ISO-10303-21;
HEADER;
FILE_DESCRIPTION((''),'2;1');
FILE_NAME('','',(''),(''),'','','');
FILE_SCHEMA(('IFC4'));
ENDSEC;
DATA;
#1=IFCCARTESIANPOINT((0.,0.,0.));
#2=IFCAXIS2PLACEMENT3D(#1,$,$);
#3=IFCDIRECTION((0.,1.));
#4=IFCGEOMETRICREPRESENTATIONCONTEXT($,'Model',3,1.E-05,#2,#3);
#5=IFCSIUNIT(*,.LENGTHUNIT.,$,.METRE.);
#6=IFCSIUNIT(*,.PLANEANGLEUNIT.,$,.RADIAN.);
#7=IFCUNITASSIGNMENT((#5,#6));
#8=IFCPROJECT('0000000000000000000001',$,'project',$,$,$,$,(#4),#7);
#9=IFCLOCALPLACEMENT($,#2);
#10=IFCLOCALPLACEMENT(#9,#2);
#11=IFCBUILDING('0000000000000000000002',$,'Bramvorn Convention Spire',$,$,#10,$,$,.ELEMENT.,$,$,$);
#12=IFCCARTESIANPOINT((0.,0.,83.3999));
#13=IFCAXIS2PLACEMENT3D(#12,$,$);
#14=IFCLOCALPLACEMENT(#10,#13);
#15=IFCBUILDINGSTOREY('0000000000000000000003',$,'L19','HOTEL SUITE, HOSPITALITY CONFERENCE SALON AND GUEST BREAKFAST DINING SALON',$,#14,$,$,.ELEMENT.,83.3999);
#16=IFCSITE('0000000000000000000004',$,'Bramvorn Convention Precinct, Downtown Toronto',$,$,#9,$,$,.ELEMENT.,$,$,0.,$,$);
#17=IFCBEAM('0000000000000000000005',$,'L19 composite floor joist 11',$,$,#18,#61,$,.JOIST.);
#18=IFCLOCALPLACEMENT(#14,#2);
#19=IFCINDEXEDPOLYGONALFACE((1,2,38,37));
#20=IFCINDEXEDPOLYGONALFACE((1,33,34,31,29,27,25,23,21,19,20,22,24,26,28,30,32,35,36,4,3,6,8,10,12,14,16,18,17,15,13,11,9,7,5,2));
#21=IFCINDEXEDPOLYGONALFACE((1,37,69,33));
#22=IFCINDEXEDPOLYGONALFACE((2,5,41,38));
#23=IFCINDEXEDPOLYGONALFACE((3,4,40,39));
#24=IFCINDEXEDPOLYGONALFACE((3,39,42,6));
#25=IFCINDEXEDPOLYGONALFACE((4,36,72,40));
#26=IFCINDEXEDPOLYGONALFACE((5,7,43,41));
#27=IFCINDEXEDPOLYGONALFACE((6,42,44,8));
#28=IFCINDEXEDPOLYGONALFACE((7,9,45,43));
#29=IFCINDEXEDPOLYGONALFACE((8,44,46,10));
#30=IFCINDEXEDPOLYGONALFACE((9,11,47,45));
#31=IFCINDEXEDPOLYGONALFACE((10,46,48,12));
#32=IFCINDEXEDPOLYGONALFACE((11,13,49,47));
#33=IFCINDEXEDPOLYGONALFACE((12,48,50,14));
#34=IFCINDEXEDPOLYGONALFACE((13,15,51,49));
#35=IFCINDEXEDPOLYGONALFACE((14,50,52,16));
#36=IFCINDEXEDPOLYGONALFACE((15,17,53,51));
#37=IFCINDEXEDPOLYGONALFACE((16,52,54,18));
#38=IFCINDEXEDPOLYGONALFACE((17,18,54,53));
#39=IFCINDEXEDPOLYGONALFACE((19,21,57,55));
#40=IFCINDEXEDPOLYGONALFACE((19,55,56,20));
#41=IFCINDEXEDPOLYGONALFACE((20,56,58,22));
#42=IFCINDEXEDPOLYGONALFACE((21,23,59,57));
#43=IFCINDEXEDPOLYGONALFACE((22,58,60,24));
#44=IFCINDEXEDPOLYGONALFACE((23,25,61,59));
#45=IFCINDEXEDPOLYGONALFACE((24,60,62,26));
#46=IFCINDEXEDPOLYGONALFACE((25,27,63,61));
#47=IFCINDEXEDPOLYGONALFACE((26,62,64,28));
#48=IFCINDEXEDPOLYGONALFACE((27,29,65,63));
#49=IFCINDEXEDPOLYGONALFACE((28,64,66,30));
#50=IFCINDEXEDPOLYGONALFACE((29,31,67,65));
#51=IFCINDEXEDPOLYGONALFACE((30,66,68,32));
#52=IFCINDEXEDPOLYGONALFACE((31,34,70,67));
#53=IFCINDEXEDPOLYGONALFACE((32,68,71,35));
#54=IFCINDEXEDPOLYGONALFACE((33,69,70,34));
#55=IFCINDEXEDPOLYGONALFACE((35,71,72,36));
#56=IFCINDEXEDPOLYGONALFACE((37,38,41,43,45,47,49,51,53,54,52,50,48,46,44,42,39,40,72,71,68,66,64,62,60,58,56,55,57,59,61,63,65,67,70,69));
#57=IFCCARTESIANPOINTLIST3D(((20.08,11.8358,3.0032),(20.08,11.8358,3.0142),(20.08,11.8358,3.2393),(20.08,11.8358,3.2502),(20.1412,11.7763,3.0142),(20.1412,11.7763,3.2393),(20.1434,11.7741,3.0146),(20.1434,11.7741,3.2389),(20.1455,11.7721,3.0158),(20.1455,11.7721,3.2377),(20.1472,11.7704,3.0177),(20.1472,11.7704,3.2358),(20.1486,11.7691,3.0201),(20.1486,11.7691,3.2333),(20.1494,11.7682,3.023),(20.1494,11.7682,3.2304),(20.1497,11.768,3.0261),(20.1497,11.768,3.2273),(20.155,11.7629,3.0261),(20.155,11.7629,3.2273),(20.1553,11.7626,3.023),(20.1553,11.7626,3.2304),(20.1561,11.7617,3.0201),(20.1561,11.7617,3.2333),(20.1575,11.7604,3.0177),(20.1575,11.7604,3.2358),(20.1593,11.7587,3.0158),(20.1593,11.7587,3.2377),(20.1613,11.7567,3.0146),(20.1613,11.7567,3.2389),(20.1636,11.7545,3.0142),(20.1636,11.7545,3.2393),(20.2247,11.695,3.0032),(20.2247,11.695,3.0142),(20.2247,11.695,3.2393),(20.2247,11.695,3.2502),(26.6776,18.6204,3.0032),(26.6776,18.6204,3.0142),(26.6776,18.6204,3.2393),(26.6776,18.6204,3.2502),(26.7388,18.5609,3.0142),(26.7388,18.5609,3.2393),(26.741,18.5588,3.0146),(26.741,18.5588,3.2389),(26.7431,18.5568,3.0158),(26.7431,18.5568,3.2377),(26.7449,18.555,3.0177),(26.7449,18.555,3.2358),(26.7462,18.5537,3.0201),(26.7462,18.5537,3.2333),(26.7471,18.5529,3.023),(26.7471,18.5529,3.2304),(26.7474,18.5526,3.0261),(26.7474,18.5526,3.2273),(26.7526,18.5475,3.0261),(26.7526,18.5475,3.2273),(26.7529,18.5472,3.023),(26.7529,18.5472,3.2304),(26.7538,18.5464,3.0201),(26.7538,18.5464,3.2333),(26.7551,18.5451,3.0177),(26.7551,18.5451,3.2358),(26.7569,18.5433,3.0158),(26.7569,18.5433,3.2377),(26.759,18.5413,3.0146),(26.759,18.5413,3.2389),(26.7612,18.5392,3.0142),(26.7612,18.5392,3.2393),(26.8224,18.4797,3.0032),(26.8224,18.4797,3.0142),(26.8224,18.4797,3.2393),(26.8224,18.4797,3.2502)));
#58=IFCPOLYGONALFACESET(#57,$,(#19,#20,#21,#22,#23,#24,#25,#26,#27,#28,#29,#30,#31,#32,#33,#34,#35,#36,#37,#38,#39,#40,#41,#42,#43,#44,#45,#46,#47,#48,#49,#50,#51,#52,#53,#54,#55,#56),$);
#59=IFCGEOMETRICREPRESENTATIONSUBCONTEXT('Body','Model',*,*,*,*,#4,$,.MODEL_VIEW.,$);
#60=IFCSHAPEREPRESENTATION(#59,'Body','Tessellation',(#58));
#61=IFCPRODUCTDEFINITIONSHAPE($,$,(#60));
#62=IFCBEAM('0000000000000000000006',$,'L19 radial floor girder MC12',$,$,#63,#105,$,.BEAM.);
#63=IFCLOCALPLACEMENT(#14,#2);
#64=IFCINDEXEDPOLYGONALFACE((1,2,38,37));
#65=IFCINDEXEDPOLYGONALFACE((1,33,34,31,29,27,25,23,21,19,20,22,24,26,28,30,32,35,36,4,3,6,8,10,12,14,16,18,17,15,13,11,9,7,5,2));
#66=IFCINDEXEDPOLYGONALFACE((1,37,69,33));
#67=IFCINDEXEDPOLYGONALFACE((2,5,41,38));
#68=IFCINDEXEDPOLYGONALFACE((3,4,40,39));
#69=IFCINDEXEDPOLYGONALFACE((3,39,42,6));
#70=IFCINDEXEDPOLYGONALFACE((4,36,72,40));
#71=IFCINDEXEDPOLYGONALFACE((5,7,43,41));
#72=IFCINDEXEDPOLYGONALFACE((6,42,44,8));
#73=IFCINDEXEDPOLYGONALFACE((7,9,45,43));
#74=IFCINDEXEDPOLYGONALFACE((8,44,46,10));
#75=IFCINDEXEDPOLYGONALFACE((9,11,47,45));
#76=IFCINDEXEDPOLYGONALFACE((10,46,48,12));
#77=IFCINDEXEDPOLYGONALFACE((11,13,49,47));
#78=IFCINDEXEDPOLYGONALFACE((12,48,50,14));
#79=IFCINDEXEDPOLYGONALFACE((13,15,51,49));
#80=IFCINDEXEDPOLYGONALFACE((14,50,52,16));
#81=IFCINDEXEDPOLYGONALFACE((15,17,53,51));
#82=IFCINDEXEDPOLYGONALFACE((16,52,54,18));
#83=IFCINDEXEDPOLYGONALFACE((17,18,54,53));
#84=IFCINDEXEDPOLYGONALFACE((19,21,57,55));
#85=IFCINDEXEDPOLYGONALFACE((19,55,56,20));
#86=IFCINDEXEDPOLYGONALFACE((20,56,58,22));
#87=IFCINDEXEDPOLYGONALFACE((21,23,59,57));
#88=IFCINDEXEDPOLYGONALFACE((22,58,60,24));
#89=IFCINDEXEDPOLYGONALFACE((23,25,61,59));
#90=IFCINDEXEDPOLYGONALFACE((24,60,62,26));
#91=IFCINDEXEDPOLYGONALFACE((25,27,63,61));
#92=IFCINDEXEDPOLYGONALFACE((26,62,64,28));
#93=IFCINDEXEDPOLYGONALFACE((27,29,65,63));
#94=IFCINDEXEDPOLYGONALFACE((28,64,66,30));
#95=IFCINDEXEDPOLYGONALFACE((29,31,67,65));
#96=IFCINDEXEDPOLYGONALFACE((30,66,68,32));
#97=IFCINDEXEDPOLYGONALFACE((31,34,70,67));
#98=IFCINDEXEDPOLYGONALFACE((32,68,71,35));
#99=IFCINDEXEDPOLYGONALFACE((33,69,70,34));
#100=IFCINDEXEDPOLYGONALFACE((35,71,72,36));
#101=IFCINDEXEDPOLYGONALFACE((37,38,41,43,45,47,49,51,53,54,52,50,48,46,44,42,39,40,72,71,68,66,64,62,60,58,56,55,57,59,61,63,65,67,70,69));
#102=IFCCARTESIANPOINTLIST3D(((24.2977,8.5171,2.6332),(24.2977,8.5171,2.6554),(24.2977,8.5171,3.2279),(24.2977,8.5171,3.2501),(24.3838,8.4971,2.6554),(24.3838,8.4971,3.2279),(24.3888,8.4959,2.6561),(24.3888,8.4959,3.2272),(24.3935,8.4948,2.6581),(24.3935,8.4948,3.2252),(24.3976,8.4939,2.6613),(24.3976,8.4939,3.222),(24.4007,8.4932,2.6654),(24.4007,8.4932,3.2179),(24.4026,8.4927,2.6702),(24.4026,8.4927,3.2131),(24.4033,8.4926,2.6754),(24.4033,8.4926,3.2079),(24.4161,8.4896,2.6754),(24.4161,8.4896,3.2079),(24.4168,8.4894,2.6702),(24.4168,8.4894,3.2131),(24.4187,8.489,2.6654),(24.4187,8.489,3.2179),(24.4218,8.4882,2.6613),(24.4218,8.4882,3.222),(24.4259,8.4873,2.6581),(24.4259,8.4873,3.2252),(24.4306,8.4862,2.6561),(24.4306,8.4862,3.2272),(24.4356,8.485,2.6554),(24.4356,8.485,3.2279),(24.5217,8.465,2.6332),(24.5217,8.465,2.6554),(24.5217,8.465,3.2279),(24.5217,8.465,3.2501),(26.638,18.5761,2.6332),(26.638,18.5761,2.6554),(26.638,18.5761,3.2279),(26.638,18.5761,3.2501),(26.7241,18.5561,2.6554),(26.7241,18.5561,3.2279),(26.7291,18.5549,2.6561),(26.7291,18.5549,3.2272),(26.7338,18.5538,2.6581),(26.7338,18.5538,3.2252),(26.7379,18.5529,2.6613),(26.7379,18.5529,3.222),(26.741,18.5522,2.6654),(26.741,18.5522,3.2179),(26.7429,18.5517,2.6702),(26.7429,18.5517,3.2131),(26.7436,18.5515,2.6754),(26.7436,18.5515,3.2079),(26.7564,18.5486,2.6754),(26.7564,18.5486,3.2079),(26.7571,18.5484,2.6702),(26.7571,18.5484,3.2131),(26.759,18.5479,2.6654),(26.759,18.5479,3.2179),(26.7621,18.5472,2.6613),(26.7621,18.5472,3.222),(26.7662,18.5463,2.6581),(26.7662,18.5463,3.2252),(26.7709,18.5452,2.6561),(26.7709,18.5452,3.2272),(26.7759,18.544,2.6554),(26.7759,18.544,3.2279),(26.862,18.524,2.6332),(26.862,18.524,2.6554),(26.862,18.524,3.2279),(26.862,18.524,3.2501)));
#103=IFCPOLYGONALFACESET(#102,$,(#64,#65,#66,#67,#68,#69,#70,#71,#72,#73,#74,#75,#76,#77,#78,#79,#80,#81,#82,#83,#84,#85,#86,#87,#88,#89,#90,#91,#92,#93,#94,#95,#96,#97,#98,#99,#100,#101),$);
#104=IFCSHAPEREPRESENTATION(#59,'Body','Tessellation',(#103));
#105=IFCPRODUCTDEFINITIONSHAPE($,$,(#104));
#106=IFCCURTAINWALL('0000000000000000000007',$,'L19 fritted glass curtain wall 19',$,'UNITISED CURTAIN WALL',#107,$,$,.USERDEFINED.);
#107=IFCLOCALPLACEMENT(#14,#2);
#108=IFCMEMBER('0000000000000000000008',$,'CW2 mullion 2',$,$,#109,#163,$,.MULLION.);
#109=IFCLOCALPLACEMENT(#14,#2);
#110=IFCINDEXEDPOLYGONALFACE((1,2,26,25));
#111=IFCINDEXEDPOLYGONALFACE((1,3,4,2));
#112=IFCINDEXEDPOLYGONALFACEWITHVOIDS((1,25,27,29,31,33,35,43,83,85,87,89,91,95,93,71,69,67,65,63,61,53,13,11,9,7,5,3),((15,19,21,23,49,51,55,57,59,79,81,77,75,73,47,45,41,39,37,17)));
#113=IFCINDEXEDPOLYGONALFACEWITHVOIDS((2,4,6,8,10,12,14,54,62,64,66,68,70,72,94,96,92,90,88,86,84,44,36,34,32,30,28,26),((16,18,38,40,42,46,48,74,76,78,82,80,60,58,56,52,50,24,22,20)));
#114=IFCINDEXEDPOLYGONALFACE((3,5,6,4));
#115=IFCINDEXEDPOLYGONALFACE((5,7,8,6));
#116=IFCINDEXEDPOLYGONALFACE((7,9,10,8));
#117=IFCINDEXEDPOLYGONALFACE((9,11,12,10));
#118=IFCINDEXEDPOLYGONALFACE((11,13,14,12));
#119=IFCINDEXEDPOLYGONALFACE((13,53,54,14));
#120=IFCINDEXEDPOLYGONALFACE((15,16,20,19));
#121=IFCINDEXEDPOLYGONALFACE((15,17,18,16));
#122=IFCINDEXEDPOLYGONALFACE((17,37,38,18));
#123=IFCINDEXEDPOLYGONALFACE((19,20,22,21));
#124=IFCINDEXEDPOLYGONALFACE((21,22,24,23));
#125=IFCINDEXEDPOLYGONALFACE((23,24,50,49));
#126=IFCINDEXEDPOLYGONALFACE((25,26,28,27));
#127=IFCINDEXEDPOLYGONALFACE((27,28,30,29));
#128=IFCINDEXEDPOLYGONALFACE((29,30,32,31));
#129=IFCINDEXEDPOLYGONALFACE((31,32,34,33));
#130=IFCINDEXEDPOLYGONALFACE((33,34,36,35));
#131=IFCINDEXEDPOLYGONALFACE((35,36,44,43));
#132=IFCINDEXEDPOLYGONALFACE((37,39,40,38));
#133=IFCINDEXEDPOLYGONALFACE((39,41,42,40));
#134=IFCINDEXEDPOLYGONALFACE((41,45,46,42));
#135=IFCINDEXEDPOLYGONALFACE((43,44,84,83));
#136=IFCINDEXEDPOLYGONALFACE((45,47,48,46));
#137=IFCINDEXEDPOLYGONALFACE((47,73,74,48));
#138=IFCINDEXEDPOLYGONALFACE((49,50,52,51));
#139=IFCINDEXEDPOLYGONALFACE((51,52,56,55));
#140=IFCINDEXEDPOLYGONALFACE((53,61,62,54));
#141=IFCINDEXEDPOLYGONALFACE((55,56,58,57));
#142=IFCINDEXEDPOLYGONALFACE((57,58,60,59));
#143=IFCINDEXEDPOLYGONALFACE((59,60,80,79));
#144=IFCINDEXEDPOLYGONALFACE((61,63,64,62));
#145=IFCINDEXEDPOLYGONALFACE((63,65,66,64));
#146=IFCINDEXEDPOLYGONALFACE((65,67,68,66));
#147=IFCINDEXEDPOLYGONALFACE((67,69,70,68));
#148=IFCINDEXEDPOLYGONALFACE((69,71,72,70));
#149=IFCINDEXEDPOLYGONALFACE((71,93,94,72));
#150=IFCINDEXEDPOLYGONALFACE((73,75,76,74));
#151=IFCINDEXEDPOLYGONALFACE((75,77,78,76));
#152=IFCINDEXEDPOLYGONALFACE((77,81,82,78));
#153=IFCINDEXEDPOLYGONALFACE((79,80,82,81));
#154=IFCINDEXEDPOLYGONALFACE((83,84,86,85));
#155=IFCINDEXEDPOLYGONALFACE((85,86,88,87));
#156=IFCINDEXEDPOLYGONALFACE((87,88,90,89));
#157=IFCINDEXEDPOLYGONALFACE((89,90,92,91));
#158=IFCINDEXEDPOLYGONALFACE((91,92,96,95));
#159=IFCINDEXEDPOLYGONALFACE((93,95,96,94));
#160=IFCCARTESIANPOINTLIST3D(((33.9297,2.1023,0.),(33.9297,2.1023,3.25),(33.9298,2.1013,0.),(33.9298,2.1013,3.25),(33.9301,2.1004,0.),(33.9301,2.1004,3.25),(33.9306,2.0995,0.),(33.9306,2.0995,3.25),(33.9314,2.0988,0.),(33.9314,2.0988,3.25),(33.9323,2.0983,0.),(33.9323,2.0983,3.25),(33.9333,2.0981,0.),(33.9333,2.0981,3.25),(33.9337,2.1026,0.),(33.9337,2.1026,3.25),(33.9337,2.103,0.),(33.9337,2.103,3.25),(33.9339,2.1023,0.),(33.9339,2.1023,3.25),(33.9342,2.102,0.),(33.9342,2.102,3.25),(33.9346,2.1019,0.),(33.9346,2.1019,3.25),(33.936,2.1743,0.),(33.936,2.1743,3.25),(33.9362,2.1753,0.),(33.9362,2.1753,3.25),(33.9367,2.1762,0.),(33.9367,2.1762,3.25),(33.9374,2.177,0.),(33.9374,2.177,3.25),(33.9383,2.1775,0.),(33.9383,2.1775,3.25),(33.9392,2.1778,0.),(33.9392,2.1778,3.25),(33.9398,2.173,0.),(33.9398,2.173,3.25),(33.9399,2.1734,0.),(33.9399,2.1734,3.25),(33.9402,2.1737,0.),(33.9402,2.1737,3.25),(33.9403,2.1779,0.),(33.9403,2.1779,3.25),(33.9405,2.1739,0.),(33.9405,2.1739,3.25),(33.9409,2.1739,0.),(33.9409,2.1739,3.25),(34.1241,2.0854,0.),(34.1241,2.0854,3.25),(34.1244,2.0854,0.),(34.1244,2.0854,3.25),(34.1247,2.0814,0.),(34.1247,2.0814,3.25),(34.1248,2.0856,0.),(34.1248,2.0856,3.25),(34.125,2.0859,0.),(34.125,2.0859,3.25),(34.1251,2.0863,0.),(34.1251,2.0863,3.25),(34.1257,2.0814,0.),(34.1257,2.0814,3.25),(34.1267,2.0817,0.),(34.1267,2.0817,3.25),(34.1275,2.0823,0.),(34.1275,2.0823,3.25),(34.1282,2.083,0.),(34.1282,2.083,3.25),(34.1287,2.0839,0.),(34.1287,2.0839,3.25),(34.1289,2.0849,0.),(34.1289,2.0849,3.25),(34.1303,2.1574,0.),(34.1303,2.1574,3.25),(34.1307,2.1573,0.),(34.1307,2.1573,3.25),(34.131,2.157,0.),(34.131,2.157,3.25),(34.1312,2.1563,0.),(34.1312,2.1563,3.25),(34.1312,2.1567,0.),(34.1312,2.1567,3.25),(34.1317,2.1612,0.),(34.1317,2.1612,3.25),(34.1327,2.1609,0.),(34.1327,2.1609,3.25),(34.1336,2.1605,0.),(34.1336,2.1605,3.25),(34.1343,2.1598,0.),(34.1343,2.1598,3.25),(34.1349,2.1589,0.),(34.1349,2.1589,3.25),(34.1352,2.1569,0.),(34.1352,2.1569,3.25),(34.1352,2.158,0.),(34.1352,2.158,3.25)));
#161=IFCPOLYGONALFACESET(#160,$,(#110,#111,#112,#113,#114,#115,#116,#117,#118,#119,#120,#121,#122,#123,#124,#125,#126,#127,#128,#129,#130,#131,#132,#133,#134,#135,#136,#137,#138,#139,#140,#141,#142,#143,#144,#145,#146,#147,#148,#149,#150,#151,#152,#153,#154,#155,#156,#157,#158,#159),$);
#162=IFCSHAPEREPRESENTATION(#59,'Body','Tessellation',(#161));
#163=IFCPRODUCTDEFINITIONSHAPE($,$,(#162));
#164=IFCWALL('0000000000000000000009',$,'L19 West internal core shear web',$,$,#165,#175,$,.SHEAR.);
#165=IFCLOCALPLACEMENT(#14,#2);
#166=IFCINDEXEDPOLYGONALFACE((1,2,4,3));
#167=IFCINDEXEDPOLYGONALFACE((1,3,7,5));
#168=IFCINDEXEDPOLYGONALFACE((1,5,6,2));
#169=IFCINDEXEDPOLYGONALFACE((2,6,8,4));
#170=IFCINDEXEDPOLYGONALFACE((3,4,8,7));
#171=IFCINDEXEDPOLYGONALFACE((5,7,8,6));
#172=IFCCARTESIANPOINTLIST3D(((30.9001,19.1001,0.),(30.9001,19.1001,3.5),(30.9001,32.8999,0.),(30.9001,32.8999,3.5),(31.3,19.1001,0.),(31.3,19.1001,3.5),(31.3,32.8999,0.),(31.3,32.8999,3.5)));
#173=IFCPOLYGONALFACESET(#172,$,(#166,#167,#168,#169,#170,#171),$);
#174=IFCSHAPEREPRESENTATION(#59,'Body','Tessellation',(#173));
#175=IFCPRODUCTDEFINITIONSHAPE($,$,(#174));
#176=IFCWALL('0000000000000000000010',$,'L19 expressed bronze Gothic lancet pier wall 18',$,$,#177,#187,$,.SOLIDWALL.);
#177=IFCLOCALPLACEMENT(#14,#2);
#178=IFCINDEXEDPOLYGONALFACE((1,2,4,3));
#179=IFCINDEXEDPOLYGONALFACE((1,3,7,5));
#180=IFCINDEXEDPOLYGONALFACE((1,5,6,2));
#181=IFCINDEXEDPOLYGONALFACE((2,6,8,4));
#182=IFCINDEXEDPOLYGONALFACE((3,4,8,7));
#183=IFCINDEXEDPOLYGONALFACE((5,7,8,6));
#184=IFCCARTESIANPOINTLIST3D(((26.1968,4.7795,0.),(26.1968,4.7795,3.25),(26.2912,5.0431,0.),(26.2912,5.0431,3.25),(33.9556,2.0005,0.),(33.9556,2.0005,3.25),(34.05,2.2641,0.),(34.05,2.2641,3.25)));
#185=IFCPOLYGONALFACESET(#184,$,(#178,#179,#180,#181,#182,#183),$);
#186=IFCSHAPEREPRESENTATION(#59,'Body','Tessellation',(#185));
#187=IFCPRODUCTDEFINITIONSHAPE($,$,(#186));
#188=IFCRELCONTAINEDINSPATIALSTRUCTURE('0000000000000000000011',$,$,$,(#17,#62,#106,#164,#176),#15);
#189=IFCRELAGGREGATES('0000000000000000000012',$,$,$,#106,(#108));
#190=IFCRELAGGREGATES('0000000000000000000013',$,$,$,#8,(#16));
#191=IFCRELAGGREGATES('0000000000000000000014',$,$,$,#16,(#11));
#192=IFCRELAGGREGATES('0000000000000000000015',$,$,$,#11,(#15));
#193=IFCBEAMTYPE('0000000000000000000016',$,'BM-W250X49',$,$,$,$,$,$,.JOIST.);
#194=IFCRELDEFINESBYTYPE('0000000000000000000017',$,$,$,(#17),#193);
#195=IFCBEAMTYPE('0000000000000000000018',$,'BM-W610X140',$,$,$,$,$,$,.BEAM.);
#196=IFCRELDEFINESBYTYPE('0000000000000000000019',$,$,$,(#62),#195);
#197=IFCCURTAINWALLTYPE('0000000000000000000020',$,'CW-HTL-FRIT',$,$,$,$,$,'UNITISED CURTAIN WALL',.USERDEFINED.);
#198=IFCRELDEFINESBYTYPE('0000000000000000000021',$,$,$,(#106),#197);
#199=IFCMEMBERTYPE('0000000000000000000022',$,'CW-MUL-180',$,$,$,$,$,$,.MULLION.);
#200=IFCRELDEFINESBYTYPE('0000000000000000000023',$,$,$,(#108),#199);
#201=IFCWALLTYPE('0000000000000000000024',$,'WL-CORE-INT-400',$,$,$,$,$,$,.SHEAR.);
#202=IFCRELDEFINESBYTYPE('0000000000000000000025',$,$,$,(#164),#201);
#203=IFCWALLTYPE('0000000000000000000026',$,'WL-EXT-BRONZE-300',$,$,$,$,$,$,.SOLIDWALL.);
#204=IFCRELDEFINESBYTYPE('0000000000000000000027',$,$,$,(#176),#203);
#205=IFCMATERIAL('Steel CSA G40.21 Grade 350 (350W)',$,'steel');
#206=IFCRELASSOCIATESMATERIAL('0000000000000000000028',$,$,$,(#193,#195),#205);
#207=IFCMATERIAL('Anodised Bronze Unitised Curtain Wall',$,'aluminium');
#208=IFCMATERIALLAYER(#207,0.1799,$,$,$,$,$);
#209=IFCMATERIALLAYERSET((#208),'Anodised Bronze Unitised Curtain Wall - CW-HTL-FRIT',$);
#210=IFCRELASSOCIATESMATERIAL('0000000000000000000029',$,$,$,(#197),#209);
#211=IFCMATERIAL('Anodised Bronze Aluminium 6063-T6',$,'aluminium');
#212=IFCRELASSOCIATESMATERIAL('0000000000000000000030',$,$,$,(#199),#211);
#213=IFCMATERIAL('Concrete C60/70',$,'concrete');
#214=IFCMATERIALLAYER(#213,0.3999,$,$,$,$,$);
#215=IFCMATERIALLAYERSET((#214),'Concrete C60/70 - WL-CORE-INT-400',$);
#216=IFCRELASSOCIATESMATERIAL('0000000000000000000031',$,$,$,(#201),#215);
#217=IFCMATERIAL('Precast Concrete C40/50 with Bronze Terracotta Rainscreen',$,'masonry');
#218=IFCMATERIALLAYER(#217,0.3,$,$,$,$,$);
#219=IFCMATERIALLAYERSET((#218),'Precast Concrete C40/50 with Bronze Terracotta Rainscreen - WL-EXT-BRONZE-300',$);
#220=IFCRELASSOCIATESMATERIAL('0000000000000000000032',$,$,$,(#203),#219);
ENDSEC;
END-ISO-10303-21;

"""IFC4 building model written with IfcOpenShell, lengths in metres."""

from ifc_helpers import new_model, si_unit, direction, frame, frame_2d, origin, origin_2d, place, context, subcontext, project, spatial, rectangle, hollow_rectangle, i_section, extrude, material, layer, layer_set, material_profile, profile_set, type_object, element, aggregate, save


model = new_model("IFC4")

# Units and contexts
model_context = context("Model", 3, precision=1e-05, world=origin(), true_north=direction((0.0, 1.0)))
body_context = subcontext(model_context, "Body", "Model", "MODEL_VIEW")
ifc_project = project(units=[si_unit("LENGTHUNIT", "METRE"), si_unit("PLANEANGLEUNIT", "RADIAN")], contexts=[model_context])

# Site, building, storey
site_placement = place(None, origin())
site = spatial("IfcSite", under=ifc_project, at=site_placement, Name="Bramvorn Convention Precinct, Downtown Toronto", CompositionType="ELEMENT", RefElevation=0.0)
building_placement = place(site_placement, origin())
building = spatial("IfcBuilding", under=site, at=building_placement, Name="Bramvorn Convention Spire", CompositionType="ELEMENT")
storey_placement = place(building_placement, frame((0.0, 0.0, 83.3999)))
storey = spatial("IfcBuildingStorey", under=building, at=storey_placement, Name="L19", Description="HOTEL SUITE, HOSPITALITY CONFERENCE SALON AND GUEST BREAKFAST DINING SALON", CompositionType="ELEMENT", Elevation=83.3999)

# Beams
ifc_material_1 = material(Name="Steel CSA G40.21 Grade 350 (350W)", Category="steel")
ifc_material_profile_1 = material_profile(ifc_material_1, i_section(OverallWidth=0.2019, OverallDepth=0.2471, WebThickness=0.0073, FlangeThickness=0.011, FilletRadius=0.012, at=origin_2d()))
ifc_profile_set_1 = profile_set([ifc_material_profile_1], Name="Steel CSA G40.21 Grade 350 (350W) - W250X49")
beam_type_1 = type_object("IfcBeamType", Name="BM-W250X49", PredefinedType="JOIST", material=ifc_profile_set_1)
beam_1_placement = place(storey_placement, frame((26.75, 18.55, 3.1267), z_axis=(-0.697157, -0.716918, 0.0), x_axis=(0.716918, -0.697157, 0.0)))
element("IfcBeam", 1, at=beam_1_placement, inside=storey, type_object=beam_type_1, Name="L19 composite floor joist 11", PredefinedType="JOIST", context=body_context, shape_type="SweptSolid", body=[
    extrude(i_section(OverallWidth=0.2019, OverallDepth=0.2471, WebThickness=0.0073, FlangeThickness=0.011, FilletRadius=0.012, at=origin_2d()), origin(), (0.0, 0.0, 1.0), 9.4636),
])
ifc_material_profile_2 = material_profile(ifc_material_1, i_section(OverallWidth=0.23, OverallDepth=0.6169, WebThickness=0.0132, FlangeThickness=0.0222, FilletRadius=0.02, at=origin_2d()))
ifc_profile_set_2 = profile_set([ifc_material_profile_2], Name="Steel CSA G40.21 Grade 350 (350W) - W610X140")
beam_type_2 = type_object("IfcBeamType", Name="BM-W610X140", PredefinedType="BEAM", material=ifc_profile_set_2)
beam_2_placement = place(storey_placement, frame((26.75, 18.55, 2.9417), z_axis=(-0.226606, -0.973986, 0.0), x_axis=(0.973986, -0.226606, 0.0)))
element("IfcBeam", 2, at=beam_2_placement, inside=storey, type_object=beam_type_2, Name="L19 radial floor girder MC12", PredefinedType="BEAM", context=body_context, shape_type="SweptSolid", body=[
    extrude(i_section(OverallWidth=0.23, OverallDepth=0.6169, WebThickness=0.0132, FlangeThickness=0.0222, FilletRadius=0.02, at=origin_2d()), origin(), (0.0, 0.0, 1.0), 10.3276),
])

# Curtain wall, member
ifc_material_2 = material(Name="Anodised Bronze Unitised Curtain Wall", Category="aluminium")
ifc_layer_1 = layer(ifc_material_2, 0.1799)
ifc_layer_set_1 = layer_set([ifc_layer_1], Name="Anodised Bronze Unitised Curtain Wall - CW-HTL-FRIT")
curtain_wall_type = type_object("IfcCurtainWallType", Name="CW-HTL-FRIT", ElementType="UNITISED CURTAIN WALL", PredefinedType="USERDEFINED", material=ifc_layer_set_1)
curtain_wall_placement = place(storey_placement, origin())
curtain_wall = element("IfcCurtainWall", 3, at=curtain_wall_placement, inside=storey, type_object=curtain_wall_type, Name="L19 fritted glass curtain wall 19", ObjectType="UNITISED CURTAIN WALL", PredefinedType="USERDEFINED")
ifc_material_3 = material(Name="Anodised Bronze Aluminium 6063-T6", Category="aluminium")
ifc_material_profile_3 = material_profile(ifc_material_3, hollow_rectangle(XDim=0.0801, YDim=0.2, WallThickness=0.0039, InnerFilletRadius=0.001, OuterFilletRadius=0.0039, at=origin_2d()))
ifc_profile_set_3 = profile_set([ifc_material_profile_3], Name="Anodised Bronze Aluminium 6063-T6 - CWM80X200")
member_type = type_object("IfcMemberType", Name="CW-MUL-180", PredefinedType="MULLION", material=ifc_profile_set_3)
member_placement = place(storey_placement, frame((34.0325, 2.1296, 0.0), z_axis=(0.0, 0.0, 1.0), x_axis=(-0.087048, -0.996204, 0.0)))
member = element("IfcMember", 4, at=member_placement, type_object=member_type, Name="CW2 mullion 2", PredefinedType="MULLION", context=body_context, shape_type="SweptSolid", body=[
    extrude(hollow_rectangle(XDim=0.0801, YDim=0.2, WallThickness=0.0039, InnerFilletRadius=0.001, OuterFilletRadius=0.0039, at=origin_2d()), origin(), (0.0, 0.0, 1.0), 3.25),
])
aggregate(curtain_wall, [member])

# Shared definitions
ifc_material_4 = material(Name="Concrete C60/70", Category="concrete")

# Walls
ifc_layer_2 = layer(ifc_material_4, 0.3999)
ifc_layer_set_2 = layer_set([ifc_layer_2], Name="Concrete C60/70 - WL-CORE-INT-400")
wall_type_1 = type_object("IfcWallType", Name="WL-CORE-INT-400", PredefinedType="SHEAR", material=ifc_layer_set_2)
wall_1_placement = place(storey_placement, frame((31.1001, 19.1001, 0.0), z_axis=(0.0, 0.0, 1.0), x_axis=(0.0, 1.0, 0.0)))
element("IfcWall", 5, at=wall_1_placement, inside=storey, type_object=wall_type_1, Name="L19 West internal core shear web", PredefinedType="SHEAR", context=body_context, shape_type="SweptSolid", body=[
    extrude(rectangle(XDim=13.7998, YDim=0.3999, at=frame_2d((6.8999, 0.0))), origin(), (0.0, 0.0, 1.0), 3.5),
])
ifc_material_5 = material(Name="Precast Concrete C40/50 with Bronze Terracotta Rainscreen", Category="masonry")
ifc_layer_3 = layer(ifc_material_5, 0.3)
ifc_layer_set_3 = layer_set([ifc_layer_3], Name="Precast Concrete C40/50 with Bronze Terracotta Rainscreen - WL-EXT-BRONZE-300")
wall_type_2 = type_object("IfcWallType", Name="WL-EXT-BRONZE-300", PredefinedType="SOLIDWALL", material=ifc_layer_set_3)
wall_2_placement = place(storey_placement, frame((34.0027, 2.1323, 0.0), z_axis=(0.0, 0.0, 1.0), x_axis=(-0.941432, 0.337203, 0.0)))
element("IfcWall", 6, at=wall_2_placement, inside=storey, type_object=wall_type_2, Name="L19 expressed bronze Gothic lancet pier wall 18", PredefinedType="SOLIDWALL", context=body_context, shape_type="SweptSolid", body=[
    extrude(rectangle(XDim=8.2415, YDim=0.28, at=frame_2d((4.1206, 0.0))), origin(), (0.0, 0.0, 1.0), 3.25),
])

save(model, "model.ifc")
